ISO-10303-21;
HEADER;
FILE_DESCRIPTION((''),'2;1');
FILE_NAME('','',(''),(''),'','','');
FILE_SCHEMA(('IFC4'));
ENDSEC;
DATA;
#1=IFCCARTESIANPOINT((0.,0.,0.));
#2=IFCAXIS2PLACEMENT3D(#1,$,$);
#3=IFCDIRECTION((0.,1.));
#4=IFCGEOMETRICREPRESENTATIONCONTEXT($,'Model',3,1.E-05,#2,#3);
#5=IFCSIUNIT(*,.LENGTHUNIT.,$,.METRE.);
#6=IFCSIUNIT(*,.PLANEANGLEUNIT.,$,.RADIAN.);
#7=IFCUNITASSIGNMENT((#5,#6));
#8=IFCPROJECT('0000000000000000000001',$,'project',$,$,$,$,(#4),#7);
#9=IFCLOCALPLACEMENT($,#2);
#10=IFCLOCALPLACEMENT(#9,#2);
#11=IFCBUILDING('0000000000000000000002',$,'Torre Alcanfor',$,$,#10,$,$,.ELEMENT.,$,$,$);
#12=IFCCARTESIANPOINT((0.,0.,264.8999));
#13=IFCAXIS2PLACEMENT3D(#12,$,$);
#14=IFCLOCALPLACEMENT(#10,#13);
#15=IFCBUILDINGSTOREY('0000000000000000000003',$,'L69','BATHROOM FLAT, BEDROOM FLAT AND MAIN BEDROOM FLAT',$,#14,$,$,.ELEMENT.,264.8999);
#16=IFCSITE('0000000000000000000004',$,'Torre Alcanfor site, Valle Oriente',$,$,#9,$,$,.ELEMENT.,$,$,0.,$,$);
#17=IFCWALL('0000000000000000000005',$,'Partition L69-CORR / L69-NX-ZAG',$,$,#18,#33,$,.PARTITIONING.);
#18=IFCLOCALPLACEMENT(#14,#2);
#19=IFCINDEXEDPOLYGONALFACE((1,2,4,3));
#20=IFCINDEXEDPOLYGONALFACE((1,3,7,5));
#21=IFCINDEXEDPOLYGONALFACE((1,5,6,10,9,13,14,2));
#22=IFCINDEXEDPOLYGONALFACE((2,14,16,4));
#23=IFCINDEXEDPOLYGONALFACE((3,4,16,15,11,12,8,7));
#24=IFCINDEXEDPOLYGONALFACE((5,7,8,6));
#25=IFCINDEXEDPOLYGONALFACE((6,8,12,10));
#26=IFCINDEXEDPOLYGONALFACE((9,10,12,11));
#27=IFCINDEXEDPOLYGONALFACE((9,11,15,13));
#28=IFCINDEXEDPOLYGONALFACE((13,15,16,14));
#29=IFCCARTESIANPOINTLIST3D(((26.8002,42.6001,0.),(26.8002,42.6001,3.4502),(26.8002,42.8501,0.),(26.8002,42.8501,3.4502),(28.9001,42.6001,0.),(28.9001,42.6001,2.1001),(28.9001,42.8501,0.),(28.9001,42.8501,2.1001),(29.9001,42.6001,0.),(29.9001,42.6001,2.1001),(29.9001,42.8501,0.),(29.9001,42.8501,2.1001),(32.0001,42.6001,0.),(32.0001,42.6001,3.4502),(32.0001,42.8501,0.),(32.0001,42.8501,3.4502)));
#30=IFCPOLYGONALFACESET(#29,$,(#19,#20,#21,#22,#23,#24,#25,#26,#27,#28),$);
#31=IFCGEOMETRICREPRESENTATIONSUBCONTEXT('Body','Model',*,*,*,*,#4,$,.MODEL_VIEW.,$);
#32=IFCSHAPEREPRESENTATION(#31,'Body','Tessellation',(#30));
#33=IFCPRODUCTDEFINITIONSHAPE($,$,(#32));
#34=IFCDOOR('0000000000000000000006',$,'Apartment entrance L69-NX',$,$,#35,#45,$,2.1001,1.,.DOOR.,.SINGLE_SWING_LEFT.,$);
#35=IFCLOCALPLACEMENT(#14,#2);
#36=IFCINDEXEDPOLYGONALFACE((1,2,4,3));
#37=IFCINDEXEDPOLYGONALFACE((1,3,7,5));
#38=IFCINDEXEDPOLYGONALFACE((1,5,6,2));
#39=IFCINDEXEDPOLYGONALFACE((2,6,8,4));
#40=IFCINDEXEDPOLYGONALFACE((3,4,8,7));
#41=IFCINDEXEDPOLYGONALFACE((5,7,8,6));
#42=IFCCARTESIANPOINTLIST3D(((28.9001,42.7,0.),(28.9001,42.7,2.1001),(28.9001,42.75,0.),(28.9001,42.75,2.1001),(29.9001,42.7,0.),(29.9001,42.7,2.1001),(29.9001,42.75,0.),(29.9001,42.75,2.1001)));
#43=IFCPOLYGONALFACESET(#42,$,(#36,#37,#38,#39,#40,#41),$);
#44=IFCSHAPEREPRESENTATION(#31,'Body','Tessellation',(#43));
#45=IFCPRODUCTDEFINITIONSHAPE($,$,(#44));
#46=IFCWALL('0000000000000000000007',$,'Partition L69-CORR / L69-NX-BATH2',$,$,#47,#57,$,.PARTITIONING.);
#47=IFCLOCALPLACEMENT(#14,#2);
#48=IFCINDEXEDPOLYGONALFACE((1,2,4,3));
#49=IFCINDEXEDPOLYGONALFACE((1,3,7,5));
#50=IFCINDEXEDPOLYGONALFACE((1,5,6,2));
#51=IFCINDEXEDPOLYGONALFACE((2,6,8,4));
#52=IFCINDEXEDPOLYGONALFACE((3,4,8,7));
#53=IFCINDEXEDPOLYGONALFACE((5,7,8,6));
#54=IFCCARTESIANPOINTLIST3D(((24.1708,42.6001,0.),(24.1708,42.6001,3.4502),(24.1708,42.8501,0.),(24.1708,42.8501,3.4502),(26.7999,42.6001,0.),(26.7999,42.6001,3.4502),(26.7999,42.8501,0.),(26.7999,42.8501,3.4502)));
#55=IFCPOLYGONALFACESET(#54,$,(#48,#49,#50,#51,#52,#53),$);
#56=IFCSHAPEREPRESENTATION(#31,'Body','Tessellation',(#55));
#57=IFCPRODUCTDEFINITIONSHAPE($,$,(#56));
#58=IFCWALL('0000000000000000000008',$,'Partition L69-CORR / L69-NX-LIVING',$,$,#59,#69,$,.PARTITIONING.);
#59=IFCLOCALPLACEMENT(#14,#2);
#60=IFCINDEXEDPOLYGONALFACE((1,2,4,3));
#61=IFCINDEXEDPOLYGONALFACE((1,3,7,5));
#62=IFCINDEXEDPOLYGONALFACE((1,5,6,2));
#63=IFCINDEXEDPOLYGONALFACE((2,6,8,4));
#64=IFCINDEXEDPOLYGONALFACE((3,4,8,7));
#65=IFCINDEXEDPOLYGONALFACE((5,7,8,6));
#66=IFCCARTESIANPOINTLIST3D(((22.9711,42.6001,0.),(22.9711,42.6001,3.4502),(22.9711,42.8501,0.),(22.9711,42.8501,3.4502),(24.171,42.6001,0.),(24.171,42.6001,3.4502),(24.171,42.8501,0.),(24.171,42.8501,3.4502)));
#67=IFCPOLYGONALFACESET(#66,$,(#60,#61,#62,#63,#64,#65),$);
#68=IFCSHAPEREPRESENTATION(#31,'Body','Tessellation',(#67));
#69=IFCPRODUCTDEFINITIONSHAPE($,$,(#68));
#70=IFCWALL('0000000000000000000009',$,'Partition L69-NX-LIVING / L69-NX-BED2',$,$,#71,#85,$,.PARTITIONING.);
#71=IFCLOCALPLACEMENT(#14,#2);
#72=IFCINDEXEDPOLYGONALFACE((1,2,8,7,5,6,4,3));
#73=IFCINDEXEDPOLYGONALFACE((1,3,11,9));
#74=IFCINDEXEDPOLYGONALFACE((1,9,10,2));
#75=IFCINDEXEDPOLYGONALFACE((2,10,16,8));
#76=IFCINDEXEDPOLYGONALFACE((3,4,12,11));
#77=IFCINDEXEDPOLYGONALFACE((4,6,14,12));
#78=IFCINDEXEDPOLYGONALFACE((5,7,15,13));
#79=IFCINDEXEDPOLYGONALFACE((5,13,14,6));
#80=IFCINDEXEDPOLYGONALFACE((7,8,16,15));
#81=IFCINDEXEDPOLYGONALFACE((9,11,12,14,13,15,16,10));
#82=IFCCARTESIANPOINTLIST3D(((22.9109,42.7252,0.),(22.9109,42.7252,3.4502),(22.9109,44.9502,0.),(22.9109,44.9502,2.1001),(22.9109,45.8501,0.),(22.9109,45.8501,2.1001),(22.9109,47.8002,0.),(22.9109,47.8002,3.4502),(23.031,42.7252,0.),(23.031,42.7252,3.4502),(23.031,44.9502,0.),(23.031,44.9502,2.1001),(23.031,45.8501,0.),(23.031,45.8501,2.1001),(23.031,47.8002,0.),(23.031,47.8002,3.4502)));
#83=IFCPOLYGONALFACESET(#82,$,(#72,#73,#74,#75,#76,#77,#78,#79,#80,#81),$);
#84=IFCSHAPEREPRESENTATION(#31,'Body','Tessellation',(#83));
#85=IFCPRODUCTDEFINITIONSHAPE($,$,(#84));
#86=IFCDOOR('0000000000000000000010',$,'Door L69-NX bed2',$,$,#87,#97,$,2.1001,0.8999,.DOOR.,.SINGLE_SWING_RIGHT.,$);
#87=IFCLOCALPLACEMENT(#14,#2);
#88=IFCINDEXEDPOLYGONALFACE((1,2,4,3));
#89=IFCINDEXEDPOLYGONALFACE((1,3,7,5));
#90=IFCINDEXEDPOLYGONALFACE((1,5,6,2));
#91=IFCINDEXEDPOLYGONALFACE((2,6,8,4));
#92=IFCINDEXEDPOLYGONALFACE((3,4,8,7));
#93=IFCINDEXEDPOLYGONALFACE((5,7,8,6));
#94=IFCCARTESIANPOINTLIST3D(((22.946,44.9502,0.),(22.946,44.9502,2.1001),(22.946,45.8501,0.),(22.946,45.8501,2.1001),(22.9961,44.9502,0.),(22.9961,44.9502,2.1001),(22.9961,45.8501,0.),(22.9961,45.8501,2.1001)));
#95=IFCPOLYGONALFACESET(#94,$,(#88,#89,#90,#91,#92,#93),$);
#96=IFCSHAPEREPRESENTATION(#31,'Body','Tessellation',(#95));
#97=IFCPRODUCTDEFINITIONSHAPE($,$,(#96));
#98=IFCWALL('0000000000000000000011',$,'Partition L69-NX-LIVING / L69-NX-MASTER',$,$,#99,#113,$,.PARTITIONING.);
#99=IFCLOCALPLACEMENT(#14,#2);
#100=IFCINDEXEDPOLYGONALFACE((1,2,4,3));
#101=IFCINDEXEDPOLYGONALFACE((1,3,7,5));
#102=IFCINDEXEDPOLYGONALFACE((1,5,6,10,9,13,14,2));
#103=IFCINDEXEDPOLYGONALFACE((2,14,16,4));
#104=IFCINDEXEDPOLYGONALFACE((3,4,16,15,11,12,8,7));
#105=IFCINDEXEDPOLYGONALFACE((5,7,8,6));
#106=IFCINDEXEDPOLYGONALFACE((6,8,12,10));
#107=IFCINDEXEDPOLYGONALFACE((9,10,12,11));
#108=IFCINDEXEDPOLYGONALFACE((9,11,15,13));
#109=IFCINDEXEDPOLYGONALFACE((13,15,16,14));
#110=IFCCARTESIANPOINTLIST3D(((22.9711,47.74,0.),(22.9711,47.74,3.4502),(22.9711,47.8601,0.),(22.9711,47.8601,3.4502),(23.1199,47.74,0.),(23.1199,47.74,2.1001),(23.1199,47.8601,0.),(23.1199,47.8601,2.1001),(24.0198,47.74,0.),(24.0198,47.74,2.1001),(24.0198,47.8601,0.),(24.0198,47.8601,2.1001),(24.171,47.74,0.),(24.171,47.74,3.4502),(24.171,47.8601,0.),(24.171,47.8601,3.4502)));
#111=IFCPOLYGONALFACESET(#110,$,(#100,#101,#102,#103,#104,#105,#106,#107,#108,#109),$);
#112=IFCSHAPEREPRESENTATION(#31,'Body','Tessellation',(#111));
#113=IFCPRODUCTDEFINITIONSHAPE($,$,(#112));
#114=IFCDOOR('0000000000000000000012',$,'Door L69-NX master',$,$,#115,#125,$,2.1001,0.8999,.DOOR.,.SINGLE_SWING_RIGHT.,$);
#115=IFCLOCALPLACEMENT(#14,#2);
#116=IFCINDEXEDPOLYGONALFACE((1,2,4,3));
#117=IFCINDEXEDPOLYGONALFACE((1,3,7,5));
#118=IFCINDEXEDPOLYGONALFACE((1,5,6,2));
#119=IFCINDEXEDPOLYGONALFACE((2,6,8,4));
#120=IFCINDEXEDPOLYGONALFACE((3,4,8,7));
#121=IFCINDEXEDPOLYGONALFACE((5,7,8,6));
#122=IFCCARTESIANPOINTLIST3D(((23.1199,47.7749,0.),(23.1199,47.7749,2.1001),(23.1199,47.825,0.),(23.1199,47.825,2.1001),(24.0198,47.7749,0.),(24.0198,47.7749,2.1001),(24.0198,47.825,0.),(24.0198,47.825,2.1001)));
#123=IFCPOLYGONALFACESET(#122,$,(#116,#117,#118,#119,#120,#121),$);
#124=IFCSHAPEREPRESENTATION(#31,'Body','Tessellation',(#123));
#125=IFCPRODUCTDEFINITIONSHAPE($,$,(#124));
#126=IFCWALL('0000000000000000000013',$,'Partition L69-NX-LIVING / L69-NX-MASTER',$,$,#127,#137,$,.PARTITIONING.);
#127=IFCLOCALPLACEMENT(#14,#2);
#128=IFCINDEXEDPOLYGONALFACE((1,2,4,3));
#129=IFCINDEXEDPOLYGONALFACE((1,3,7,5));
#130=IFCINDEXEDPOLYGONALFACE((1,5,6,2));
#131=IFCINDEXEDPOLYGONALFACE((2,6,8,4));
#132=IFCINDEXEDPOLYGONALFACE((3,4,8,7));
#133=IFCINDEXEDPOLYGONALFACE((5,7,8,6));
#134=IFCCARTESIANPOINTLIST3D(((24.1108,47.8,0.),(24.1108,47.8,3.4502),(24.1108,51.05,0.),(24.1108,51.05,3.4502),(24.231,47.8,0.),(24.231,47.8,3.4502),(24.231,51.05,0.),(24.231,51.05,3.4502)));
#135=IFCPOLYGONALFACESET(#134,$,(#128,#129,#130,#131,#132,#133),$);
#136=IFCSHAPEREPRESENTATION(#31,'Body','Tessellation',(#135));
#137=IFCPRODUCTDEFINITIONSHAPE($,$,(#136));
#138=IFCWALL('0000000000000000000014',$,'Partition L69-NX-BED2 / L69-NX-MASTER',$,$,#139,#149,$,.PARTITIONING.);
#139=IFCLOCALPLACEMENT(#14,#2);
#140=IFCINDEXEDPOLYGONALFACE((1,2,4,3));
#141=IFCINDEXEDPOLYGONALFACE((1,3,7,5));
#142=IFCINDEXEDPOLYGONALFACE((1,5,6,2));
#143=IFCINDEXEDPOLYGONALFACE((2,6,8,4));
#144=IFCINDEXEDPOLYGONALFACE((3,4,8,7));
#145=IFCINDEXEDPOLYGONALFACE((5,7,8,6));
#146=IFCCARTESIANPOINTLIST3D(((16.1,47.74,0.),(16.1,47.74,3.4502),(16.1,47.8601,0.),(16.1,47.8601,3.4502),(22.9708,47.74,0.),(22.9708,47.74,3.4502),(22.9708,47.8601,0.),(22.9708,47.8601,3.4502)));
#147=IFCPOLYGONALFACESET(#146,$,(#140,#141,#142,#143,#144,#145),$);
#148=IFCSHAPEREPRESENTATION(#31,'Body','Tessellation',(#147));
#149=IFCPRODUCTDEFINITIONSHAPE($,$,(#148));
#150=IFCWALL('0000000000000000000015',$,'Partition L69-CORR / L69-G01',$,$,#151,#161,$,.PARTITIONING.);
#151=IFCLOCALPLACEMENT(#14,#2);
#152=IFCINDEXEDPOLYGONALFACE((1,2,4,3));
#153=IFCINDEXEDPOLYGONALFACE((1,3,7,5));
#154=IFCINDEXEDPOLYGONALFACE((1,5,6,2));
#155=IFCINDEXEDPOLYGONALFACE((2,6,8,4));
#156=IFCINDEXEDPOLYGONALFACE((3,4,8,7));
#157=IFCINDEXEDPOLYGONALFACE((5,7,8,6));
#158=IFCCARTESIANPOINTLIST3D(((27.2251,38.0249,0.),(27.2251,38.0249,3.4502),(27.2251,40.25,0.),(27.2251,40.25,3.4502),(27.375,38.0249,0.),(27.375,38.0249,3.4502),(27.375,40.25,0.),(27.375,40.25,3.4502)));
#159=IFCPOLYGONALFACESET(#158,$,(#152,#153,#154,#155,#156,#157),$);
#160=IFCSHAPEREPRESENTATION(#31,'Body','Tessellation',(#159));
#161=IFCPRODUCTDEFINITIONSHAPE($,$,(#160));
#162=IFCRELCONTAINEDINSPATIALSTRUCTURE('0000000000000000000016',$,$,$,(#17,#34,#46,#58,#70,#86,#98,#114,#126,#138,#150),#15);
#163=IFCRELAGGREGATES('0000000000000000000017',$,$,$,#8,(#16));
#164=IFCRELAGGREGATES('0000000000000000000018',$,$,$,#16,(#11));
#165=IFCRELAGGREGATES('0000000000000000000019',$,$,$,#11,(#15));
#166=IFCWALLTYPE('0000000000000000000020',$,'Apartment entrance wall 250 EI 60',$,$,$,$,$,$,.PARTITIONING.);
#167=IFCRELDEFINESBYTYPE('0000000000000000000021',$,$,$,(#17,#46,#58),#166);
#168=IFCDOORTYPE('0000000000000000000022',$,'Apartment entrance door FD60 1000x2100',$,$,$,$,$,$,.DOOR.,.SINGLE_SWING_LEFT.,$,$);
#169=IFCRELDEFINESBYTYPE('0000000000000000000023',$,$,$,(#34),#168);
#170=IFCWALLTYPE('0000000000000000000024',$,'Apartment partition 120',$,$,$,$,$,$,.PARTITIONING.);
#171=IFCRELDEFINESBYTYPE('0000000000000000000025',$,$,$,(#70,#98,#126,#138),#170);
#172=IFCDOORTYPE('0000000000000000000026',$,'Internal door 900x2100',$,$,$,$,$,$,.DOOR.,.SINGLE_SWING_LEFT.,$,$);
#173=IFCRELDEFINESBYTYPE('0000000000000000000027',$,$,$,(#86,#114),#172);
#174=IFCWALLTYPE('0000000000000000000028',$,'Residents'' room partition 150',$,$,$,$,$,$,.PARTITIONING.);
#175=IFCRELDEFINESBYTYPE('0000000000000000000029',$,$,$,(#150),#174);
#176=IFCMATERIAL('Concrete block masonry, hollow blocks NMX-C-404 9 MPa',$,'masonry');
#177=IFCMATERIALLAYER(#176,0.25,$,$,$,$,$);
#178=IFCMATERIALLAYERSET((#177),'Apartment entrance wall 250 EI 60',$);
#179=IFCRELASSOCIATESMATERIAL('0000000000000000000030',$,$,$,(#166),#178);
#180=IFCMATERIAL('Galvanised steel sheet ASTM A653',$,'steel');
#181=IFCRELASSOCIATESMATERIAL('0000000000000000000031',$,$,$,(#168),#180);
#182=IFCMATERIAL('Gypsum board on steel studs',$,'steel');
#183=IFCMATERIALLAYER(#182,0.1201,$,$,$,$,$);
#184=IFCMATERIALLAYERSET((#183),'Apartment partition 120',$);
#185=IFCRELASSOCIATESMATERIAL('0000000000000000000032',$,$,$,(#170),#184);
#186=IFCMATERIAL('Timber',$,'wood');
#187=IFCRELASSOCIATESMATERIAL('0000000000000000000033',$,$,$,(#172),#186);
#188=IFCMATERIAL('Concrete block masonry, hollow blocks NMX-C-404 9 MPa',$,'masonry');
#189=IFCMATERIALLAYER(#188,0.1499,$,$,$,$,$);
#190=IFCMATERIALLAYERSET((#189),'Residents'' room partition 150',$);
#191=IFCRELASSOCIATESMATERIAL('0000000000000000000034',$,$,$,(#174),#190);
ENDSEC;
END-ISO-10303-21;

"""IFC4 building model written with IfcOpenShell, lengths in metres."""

from ifc_helpers import new_model, si_unit, direction, frame, frame_2d, origin, place, context, subcontext, project, spatial, rectangle, extrude, material, layer, layer_set, type_object, element, fill, save


model = new_model("IFC4")

# Units and contexts
model_context = context("Model", 3, precision=1e-05, world=origin(), true_north=direction((0.0, 1.0)))
body_context = subcontext(model_context, "Body", "Model", "MODEL_VIEW")
ifc_project = project(units=[si_unit("LENGTHUNIT", "METRE"), si_unit("PLANEANGLEUNIT", "RADIAN")], contexts=[model_context])

# Site, building, storey
site_placement = place(None, origin())
site = spatial("IfcSite", under=ifc_project, at=site_placement, Name="Torre Alcanfor site, Valle Oriente", CompositionType="ELEMENT", RefElevation=0.0)
building_placement = place(site_placement, origin())
building = spatial("IfcBuilding", under=site, at=building_placement, Name="Torre Alcanfor", CompositionType="ELEMENT")
storey_placement = place(building_placement, frame((0.0, 0.0, 264.8999)))
storey = spatial("IfcBuildingStorey", under=building, at=storey_placement, Name="L69", Description="BATHROOM FLAT, BEDROOM FLAT AND MAIN BEDROOM FLAT", CompositionType="ELEMENT", Elevation=264.8999)

# Wall, opening, door
ifc_material_1 = material(Name="Concrete block masonry, hollow blocks NMX-C-404 9 MPa", Category="masonry")
ifc_layer_1 = layer(ifc_material_1, 0.25)
ifc_layer_set_1 = layer_set([ifc_layer_1], Name="Apartment entrance wall 250 EI 60")
wall_type_1 = type_object("IfcWallType", Name="Apartment entrance wall 250 EI 60", PredefinedType="PARTITIONING", material=ifc_layer_set_1)
wall_1_placement = place(storey_placement, frame((26.8, 42.7251, 0.0), z_axis=(0.0, 0.0, 1.0), x_axis=(1.0, 0.0, 0.0)))
wall_1 = element("IfcWall", 1, at=wall_1_placement, inside=storey, type_object=wall_type_1, Name="Partition L69-CORR / L69-NX-ZAG", PredefinedType="PARTITIONING", context=body_context, shape_type="SweptSolid", body=[
    extrude(rectangle(XDim=5.2, YDim=0.25, at=frame_2d((2.6001, 0.0))), origin(), (0.0, 0.0, 1.0), 3.4502),
])
opening_1_placement = place(wall_1_placement, frame((2.1001, 0.0, 0.0)))
opening_1 = element("IfcOpeningElement", 2, at=opening_1_placement, cuts=wall_1, PredefinedType="OPENING", context=body_context, shape_type="SweptSolid", body=[
    extrude(rectangle(XDim=1.0, YDim=2.1001, at=frame_2d((0.5, 1.05))), frame((0.0, 0.135, 0.0), z_axis=(0.0, -1.0, 0.0), x_axis=(1.0, 0.0, 0.0)), (0.0, 0.0, 1.0), 0.27),
])
ifc_material_2 = material(Name="Galvanised steel sheet ASTM A653", Category="steel")
door_type_1 = type_object("IfcDoorType", Name="Apartment entrance door FD60 1000x2100", OperationType="SINGLE_SWING_LEFT", PredefinedType="DOOR", material=ifc_material_2)
door_1_placement = place(opening_1_placement, origin())
door_1 = element("IfcDoor", 3, at=door_1_placement, inside=storey, type_object=door_type_1, Name="Apartment entrance L69-NX", OperationType="SINGLE_SWING_LEFT", OverallHeight=2.1001, OverallWidth=1.0, PredefinedType="DOOR", context=body_context, shape_type="SweptSolid", body=[
    extrude(rectangle(XDim=1.0, YDim=2.1001, at=frame_2d((0.5, 1.05))), frame((0.0, 0.0249, 0.0), z_axis=(0.0, -1.0, 0.0), x_axis=(1.0, 0.0, 0.0)), (0.0, 0.0, 1.0), 0.05),
])
fill(opening_1, door_1)

# Walls
wall_2_placement = place(storey_placement, frame((24.1709, 42.7251, 0.0), z_axis=(0.0, 0.0, 1.0), x_axis=(1.0, 0.0, 0.0)))
element("IfcWall", 4, at=wall_2_placement, inside=storey, type_object=wall_type_1, Name="Partition L69-CORR / L69-NX-BATH2", PredefinedType="PARTITIONING", context=body_context, shape_type="SweptSolid", body=[
    extrude(rectangle(XDim=2.6292, YDim=0.25, at=frame_2d((1.3145, 0.0))), origin(), (0.0, 0.0, 1.0), 3.4502),
])
wall_3_placement = place(storey_placement, frame((22.9709, 42.7251, 0.0), z_axis=(0.0, 0.0, 1.0), x_axis=(1.0, 0.0, 0.0)))
element("IfcWall", 5, at=wall_3_placement, inside=storey, type_object=wall_type_1, Name="Partition L69-CORR / L69-NX-LIVING", PredefinedType="PARTITIONING", context=body_context, shape_type="SweptSolid", body=[
    extrude(rectangle(XDim=1.2, YDim=0.25, at=frame_2d((0.6001, 0.0))), origin(), (0.0, 0.0, 1.0), 3.4502),
])

# Walls, openings, doors
ifc_material_3 = material(Name="Gypsum board on steel studs", Category="steel")
ifc_layer_2 = layer(ifc_material_3, 0.1201)
ifc_layer_set_2 = layer_set([ifc_layer_2], Name="Apartment partition 120")
wall_type_2 = type_object("IfcWallType", Name="Apartment partition 120", PredefinedType="PARTITIONING", material=ifc_layer_set_2)
wall_4_placement = place(storey_placement, frame((22.9709, 42.7251, 0.0), z_axis=(0.0, 0.0, 1.0), x_axis=(0.0, 1.0, 0.0)))
wall_4 = element("IfcWall", 6, at=wall_4_placement, inside=storey, type_object=wall_type_2, Name="Partition L69-NX-LIVING / L69-NX-BED2", PredefinedType="PARTITIONING", context=body_context, shape_type="SweptSolid", body=[
    extrude(rectangle(XDim=5.075, YDim=0.1201, at=frame_2d((2.5376, 0.0))), origin(), (0.0, 0.0, 1.0), 3.4502),
])
opening_2_placement = place(wall_4_placement, frame((2.2251, 0.0, 0.0)))
opening_2 = element("IfcOpeningElement", 7, at=opening_2_placement, cuts=wall_4, PredefinedType="OPENING", context=body_context, shape_type="SweptSolid", body=[
    extrude(rectangle(XDim=0.8999, YDim=2.1001, at=frame_2d((0.45, 1.05))), frame((0.0, 0.0701, 0.0), z_axis=(0.0, -1.0, 0.0), x_axis=(1.0, 0.0, 0.0)), (0.0, 0.0, 1.0), 0.1401),
])
ifc_material_4 = material(Name="Timber", Category="wood")
door_type_2 = type_object("IfcDoorType", Name="Internal door 900x2100", OperationType="SINGLE_SWING_LEFT", PredefinedType="DOOR", material=ifc_material_4)
door_2_placement = place(opening_2_placement, origin())
door_2 = element("IfcDoor", 8, at=door_2_placement, inside=storey, type_object=door_type_2, Name="Door L69-NX bed2", OperationType="SINGLE_SWING_RIGHT", OverallHeight=2.1001, OverallWidth=0.8999, PredefinedType="DOOR", context=body_context, shape_type="SweptSolid", body=[
    extrude(rectangle(XDim=0.8999, YDim=2.1001, at=frame_2d((0.45, 1.05))), frame((0.0, 0.0249, 0.0), z_axis=(0.0, -1.0, 0.0), x_axis=(1.0, 0.0, 0.0)), (0.0, 0.0, 1.0), 0.05),
])
fill(opening_2, door_2)
wall_5_placement = place(storey_placement, frame((22.9709, 47.8, 0.0), z_axis=(0.0, 0.0, 1.0), x_axis=(1.0, 0.0, 0.0)))
wall_5 = element("IfcWall", 9, at=wall_5_placement, inside=storey, type_object=wall_type_2, Name="Partition L69-NX-LIVING / L69-NX-MASTER", PredefinedType="PARTITIONING", context=body_context, shape_type="SweptSolid", body=[
    extrude(rectangle(XDim=1.2, YDim=0.1201, at=frame_2d((0.6001, 0.0))), origin(), (0.0, 0.0, 1.0), 3.4502),
])
opening_3_placement = place(wall_5_placement, frame((0.1489, 0.0, 0.0)))
opening_3 = element("IfcOpeningElement", 10, at=opening_3_placement, cuts=wall_5, PredefinedType="OPENING", context=body_context, shape_type="SweptSolid", body=[
    extrude(rectangle(XDim=0.8999, YDim=2.1001, at=frame_2d((0.45, 1.05))), frame((0.0, 0.0701, 0.0), z_axis=(0.0, -1.0, 0.0), x_axis=(1.0, 0.0, 0.0)), (0.0, 0.0, 1.0), 0.1401),
])
door_3_placement = place(opening_3_placement, origin())
door_3 = element("IfcDoor", 11, at=door_3_placement, inside=storey, type_object=door_type_2, Name="Door L69-NX master", OperationType="SINGLE_SWING_RIGHT", OverallHeight=2.1001, OverallWidth=0.8999, PredefinedType="DOOR", context=body_context, shape_type="SweptSolid", body=[
    extrude(rectangle(XDim=0.8999, YDim=2.1001, at=frame_2d((0.45, 1.05))), frame((0.0, 0.0249, 0.0), z_axis=(0.0, -1.0, 0.0), x_axis=(1.0, 0.0, 0.0)), (0.0, 0.0, 1.0), 0.05),
])
fill(opening_3, door_3)

# Walls
wall_6_placement = place(storey_placement, frame((24.1709, 47.8, 0.0), z_axis=(0.0, 0.0, 1.0), x_axis=(0.0, 1.0, 0.0)))
element("IfcWall", 12, at=wall_6_placement, inside=storey, type_object=wall_type_2, Name="Partition L69-NX-LIVING / L69-NX-MASTER", PredefinedType="PARTITIONING", context=body_context, shape_type="SweptSolid", body=[
    extrude(rectangle(XDim=3.25, YDim=0.1201, at=frame_2d((1.625, 0.0))), origin(), (0.0, 0.0, 1.0), 3.4502),
])
wall_7_placement = place(storey_placement, frame((22.9709, 47.8, 0.0), z_axis=(0.0, 0.0, 1.0), x_axis=(-1.0, 0.0, 0.0)))
element("IfcWall", 13, at=wall_7_placement, inside=storey, type_object=wall_type_2, Name="Partition L69-NX-BED2 / L69-NX-MASTER", PredefinedType="PARTITIONING", context=body_context, shape_type="SweptSolid", body=[
    extrude(rectangle(XDim=6.8708, YDim=0.1201, at=frame_2d((3.4355, 0.0))), origin(), (0.0, 0.0, 1.0), 3.4502),
])
ifc_material_5 = material(Name="Concrete block masonry, hollow blocks NMX-C-404 9 MPa", Category="masonry")
ifc_layer_3 = layer(ifc_material_5, 0.1499)
ifc_layer_set_3 = layer_set([ifc_layer_3], Name="Residents' room partition 150")
wall_type_3 = type_object("IfcWallType", Name="Residents' room partition 150", PredefinedType="PARTITIONING", material=ifc_layer_set_3)
wall_8_placement = place(storey_placement, frame((27.3, 40.25, 0.0), z_axis=(0.0, 0.0, 1.0), x_axis=(0.0, -1.0, 0.0)))
element("IfcWall", 14, at=wall_8_placement, inside=storey, type_object=wall_type_3, Name="Partition L69-CORR / L69-G01", PredefinedType="PARTITIONING", context=body_context, shape_type="SweptSolid", body=[
    extrude(rectangle(XDim=2.2251, YDim=0.1499, at=frame_2d((1.1125, 0.0))), origin(), (0.0, 0.0, 1.0), 3.4502),
])

save(model, "model.ifc")
